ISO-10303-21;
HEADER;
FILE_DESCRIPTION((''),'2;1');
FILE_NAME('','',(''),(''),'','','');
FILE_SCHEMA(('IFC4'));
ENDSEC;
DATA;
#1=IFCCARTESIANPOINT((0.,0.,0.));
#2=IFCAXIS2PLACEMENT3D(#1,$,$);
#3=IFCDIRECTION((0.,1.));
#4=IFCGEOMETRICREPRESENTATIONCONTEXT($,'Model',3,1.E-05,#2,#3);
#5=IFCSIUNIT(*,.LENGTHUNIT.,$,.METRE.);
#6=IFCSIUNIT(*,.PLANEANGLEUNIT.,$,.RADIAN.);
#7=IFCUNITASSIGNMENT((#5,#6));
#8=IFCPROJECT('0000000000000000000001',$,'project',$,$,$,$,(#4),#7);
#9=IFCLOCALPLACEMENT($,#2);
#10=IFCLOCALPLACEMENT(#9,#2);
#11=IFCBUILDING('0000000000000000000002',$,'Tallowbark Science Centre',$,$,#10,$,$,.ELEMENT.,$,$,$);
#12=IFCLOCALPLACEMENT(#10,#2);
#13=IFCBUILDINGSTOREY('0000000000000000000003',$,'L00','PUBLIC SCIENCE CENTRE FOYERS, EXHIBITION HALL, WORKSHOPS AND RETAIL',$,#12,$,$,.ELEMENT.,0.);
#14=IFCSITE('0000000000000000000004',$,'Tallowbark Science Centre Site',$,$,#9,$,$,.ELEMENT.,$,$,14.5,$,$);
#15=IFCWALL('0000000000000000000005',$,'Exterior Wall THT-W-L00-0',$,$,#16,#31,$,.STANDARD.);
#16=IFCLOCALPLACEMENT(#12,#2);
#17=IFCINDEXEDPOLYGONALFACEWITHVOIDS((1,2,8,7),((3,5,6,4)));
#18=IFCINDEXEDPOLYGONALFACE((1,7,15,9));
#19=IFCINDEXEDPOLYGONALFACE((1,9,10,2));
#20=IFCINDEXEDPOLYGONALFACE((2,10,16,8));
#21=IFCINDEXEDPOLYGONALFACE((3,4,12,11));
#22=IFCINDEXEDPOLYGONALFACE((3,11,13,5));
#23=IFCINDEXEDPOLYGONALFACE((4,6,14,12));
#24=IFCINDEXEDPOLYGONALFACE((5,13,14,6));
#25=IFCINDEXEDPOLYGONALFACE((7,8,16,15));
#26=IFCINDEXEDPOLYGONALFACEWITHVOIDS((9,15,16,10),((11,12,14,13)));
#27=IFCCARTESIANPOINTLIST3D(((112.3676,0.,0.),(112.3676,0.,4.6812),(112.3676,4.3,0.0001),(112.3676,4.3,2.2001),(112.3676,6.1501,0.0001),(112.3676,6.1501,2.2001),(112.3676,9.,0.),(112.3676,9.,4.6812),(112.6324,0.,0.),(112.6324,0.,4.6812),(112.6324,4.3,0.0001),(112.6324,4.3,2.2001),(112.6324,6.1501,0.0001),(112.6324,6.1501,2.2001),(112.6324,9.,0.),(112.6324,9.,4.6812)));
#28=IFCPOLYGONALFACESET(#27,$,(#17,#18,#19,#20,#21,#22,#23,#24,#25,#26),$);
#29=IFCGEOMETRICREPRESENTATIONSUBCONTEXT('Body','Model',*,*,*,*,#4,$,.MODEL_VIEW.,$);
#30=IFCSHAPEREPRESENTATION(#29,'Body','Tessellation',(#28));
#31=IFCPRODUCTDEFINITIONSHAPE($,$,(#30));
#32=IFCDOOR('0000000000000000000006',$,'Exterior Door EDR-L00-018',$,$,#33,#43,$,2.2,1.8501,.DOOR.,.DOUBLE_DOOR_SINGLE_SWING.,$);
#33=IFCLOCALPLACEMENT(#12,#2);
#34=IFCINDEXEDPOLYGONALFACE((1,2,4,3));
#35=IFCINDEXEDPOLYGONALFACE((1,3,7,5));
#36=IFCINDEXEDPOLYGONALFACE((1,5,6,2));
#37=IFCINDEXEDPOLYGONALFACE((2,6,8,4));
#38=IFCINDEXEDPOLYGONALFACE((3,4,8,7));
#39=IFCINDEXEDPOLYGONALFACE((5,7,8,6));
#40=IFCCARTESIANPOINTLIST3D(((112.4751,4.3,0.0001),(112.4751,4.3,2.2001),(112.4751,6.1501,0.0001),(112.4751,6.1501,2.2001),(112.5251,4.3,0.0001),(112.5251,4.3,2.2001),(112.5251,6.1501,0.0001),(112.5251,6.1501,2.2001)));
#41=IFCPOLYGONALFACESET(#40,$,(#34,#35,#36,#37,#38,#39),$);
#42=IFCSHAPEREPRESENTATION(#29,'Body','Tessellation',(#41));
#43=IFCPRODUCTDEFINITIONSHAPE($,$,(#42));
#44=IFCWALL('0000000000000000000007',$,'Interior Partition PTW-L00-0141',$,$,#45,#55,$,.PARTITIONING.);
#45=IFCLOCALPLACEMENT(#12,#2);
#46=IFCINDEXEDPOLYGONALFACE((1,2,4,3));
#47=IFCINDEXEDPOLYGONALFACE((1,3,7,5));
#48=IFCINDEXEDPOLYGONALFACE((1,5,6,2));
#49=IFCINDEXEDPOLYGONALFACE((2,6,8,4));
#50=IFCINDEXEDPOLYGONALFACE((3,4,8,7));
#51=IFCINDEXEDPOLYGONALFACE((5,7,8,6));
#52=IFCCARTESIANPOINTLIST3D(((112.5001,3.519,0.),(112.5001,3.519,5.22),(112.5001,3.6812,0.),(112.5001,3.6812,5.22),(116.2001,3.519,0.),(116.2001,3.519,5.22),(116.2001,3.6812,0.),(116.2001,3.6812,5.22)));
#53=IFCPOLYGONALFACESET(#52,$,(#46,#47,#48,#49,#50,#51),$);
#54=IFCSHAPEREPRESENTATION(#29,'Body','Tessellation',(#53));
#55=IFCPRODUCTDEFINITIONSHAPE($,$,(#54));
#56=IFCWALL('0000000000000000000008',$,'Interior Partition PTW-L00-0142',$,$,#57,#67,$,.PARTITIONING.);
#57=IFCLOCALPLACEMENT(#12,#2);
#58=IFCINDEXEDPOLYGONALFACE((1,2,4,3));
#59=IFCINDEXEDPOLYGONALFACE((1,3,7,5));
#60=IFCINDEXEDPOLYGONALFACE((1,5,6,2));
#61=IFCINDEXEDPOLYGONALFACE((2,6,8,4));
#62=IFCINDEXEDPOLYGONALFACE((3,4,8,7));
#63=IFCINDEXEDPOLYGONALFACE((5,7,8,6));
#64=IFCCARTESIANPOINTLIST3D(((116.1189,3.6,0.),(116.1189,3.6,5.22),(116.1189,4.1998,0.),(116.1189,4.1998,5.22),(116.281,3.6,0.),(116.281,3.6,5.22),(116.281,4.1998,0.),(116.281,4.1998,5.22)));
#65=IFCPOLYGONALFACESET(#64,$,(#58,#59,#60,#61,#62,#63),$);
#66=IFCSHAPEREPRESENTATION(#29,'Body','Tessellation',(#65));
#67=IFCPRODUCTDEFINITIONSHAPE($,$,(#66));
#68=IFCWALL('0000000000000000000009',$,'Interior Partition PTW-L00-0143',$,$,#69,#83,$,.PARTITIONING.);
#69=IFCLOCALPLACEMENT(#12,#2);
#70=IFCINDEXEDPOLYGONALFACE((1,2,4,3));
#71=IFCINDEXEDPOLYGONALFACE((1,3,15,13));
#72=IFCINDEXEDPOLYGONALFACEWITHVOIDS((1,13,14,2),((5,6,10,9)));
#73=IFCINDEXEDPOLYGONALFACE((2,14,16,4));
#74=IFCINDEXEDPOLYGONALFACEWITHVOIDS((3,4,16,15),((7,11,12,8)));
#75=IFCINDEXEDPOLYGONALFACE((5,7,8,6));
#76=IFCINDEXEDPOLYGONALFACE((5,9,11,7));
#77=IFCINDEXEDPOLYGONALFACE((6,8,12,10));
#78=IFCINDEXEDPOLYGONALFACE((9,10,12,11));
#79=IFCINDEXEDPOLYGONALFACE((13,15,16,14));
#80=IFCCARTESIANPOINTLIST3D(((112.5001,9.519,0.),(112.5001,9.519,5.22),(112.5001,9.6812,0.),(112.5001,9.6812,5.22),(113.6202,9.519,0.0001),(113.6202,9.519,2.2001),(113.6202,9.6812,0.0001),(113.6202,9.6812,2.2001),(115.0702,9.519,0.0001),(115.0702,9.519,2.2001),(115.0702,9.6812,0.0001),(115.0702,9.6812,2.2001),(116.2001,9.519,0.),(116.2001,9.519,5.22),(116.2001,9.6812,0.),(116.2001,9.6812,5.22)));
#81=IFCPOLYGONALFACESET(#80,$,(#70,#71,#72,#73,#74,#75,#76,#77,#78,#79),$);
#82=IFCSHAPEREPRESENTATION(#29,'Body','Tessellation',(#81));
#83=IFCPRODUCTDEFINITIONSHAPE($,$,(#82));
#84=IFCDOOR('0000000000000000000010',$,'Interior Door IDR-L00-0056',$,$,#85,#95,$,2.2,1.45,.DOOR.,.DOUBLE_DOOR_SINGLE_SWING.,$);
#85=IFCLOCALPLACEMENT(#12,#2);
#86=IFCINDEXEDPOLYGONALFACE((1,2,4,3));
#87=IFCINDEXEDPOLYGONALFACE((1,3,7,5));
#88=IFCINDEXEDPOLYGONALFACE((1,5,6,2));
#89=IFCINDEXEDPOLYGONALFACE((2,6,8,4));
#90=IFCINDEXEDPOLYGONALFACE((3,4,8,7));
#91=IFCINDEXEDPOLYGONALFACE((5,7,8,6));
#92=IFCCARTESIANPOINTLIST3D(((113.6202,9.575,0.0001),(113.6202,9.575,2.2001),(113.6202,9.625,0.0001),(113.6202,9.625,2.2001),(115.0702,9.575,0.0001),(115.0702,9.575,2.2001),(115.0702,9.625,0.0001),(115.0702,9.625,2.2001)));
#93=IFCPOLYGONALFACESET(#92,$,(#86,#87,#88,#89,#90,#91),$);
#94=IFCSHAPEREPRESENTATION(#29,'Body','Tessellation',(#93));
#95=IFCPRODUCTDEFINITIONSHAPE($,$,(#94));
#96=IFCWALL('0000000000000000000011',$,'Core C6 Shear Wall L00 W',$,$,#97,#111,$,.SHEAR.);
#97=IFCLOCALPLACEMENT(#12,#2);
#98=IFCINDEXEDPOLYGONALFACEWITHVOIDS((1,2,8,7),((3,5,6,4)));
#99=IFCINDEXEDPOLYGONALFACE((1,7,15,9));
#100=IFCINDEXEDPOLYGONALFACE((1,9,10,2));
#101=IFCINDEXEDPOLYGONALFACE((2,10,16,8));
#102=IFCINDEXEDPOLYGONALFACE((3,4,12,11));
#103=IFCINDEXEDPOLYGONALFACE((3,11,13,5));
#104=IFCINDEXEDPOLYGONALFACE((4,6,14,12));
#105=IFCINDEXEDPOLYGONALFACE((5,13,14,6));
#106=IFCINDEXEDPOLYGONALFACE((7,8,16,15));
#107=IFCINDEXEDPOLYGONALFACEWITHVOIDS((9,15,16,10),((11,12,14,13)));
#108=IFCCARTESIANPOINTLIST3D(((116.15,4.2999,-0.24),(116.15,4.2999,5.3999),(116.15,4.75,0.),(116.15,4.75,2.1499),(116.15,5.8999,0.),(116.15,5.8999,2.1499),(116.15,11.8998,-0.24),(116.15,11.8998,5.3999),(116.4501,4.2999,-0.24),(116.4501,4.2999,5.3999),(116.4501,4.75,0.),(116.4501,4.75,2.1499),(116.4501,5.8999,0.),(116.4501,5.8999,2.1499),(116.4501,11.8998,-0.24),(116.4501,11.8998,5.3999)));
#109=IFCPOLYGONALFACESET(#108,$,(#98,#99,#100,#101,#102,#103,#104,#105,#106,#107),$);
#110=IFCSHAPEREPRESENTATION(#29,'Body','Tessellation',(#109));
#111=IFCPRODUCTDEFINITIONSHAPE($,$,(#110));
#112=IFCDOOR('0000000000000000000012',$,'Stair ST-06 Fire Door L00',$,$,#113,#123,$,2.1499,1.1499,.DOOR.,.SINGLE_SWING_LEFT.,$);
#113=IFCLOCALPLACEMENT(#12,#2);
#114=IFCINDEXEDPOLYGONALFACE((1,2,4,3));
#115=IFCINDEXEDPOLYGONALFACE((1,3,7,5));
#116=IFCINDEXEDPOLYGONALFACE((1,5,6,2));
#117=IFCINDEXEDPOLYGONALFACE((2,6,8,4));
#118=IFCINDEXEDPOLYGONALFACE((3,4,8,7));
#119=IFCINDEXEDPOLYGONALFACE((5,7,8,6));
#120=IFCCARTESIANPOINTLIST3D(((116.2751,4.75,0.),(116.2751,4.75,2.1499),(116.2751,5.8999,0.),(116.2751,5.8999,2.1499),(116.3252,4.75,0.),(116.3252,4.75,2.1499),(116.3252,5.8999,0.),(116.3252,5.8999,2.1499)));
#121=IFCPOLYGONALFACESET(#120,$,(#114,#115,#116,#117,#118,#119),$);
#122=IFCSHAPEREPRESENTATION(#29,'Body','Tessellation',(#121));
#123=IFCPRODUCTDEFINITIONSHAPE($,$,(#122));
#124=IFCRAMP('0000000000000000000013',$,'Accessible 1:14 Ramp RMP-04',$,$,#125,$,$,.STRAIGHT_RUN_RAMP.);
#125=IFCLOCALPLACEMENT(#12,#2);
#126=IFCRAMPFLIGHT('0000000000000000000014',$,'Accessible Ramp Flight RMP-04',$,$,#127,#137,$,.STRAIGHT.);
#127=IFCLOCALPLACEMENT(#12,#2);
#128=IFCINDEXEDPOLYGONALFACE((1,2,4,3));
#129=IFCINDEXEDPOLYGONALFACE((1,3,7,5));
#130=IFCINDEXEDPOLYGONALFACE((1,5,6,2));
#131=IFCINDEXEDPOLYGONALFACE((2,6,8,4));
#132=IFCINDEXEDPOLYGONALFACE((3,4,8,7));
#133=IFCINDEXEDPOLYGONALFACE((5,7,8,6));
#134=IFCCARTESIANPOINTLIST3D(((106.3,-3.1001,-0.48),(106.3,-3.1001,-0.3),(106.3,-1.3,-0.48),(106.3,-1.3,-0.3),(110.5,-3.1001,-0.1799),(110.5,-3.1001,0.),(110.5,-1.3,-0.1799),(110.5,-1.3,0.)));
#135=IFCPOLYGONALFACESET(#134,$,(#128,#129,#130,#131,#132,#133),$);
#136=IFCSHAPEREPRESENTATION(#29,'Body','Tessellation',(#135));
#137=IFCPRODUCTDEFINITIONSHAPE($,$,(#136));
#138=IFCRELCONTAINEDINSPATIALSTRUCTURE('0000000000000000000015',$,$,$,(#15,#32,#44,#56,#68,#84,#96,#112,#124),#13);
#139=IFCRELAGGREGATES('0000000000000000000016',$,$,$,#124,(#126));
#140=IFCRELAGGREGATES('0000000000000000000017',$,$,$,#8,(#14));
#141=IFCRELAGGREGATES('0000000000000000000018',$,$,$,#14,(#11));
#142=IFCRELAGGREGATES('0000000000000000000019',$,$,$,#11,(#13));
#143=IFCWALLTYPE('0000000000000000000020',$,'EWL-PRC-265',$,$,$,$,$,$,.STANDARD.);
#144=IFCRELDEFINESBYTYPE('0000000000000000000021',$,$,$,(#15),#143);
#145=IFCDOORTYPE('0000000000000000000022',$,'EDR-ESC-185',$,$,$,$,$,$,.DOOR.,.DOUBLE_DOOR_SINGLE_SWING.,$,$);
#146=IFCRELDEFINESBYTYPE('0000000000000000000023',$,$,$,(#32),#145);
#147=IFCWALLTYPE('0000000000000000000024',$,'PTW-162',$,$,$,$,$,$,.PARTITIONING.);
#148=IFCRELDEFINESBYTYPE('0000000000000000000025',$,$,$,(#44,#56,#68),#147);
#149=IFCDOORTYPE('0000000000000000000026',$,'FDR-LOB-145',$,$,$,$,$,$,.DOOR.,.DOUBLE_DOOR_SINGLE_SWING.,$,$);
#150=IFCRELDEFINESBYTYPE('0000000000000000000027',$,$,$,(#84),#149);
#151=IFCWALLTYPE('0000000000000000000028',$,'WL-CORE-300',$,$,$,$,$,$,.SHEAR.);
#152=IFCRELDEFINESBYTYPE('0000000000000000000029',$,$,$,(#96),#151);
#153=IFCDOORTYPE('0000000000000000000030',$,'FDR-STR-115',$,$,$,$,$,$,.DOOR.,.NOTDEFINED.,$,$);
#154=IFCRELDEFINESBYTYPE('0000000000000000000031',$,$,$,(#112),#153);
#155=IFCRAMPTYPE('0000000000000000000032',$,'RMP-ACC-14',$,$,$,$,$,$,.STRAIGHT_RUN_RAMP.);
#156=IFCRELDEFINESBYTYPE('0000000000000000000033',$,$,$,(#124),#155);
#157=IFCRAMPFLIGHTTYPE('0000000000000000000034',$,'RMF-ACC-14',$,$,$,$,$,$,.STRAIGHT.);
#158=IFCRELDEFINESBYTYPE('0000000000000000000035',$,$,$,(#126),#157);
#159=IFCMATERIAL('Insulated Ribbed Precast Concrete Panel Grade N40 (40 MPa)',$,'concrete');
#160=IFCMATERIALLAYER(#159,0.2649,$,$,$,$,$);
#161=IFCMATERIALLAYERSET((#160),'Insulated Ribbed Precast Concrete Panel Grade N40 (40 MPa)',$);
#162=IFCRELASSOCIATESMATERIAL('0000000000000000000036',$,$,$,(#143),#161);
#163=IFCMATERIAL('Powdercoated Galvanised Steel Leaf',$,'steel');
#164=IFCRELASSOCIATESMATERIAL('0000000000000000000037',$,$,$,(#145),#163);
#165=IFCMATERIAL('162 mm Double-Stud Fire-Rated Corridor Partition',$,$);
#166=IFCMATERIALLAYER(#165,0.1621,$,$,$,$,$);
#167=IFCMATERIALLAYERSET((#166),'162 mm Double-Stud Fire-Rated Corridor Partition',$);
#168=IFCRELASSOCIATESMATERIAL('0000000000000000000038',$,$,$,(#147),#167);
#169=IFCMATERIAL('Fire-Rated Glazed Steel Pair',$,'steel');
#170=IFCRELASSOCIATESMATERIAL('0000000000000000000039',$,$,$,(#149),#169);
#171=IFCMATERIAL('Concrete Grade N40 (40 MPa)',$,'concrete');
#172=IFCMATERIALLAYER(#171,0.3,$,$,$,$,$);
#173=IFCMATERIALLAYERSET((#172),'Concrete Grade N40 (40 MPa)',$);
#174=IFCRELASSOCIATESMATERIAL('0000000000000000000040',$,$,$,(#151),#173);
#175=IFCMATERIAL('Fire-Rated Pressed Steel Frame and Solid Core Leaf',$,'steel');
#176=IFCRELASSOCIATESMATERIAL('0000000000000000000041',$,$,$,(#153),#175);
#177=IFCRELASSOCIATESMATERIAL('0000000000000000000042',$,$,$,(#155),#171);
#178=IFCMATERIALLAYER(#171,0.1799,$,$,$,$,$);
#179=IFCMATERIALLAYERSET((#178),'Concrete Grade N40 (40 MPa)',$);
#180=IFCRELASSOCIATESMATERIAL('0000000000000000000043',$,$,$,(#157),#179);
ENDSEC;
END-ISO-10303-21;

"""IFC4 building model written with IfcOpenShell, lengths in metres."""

from ifc_helpers import new_model, si_unit, direction, frame, frame_2d, origin, place, context, subcontext, project, spatial, polyline, rectangle, outline, extrude, material, layer, layer_set, type_object, element, fill, aggregate, save


model = new_model("IFC4")

# Units and contexts
model_context = context("Model", 3, precision=1e-05, world=origin(), true_north=direction((0.0, 1.0)))
body_context = subcontext(model_context, "Body", "Model", "MODEL_VIEW")
ifc_project = project(units=[si_unit("LENGTHUNIT", "METRE"), si_unit("PLANEANGLEUNIT", "RADIAN")], contexts=[model_context])

# Site, building, storey
site_placement = place(None, origin())
site = spatial("IfcSite", under=ifc_project, at=site_placement, Name="Tallowbark Science Centre Site", CompositionType="ELEMENT", RefElevation=14.5)
building_placement = place(site_placement, origin())
building = spatial("IfcBuilding", under=site, at=building_placement, Name="Tallowbark Science Centre", CompositionType="ELEMENT")
storey_placement = place(building_placement, origin())
storey = spatial("IfcBuildingStorey", under=building, at=storey_placement, Name="L00", Description="PUBLIC SCIENCE CENTRE FOYERS, EXHIBITION HALL, WORKSHOPS AND RETAIL", CompositionType="ELEMENT", Elevation=0.0)

# Shared definitions
ifc_material_1 = material(Name="Concrete Grade N40 (40 MPa)", Category="concrete")

# Shared definitions
ifc_material_2 = material(Name="Insulated Ribbed Precast Concrete Panel Grade N40 (40 MPa)", Category="concrete")
ifc_layer_1 = layer(ifc_material_2, 0.2649)
ifc_layer_set_1 = layer_set([ifc_layer_1], Name="Insulated Ribbed Precast Concrete Panel Grade N40 (40 MPa)")
wall_type_1 = type_object("IfcWallType", Name="EWL-PRC-265", PredefinedType="STANDARD", material=ifc_layer_set_1)

# Wall, opening, door
wall_1_placement = place(storey_placement, frame((112.5, 0.0, 0.0), z_axis=(0.0, 0.0, 1.0), x_axis=(0.0, 1.0, 0.0)))
wall_1 = element("IfcWall", 1, at=wall_1_placement, inside=storey, type_object=wall_type_1, Name="Exterior Wall THT-W-L00-0", PredefinedType="STANDARD", context=body_context, shape_type="SweptSolid", body=[
    extrude(rectangle(XDim=9.0, YDim=0.2649, at=frame_2d((4.5, 0.0))), origin(), (0.0, 0.0, 1.0), 4.6812),
])
opening_1_placement = place(wall_1_placement, frame((4.3, 0.0, 0.0)))
opening_1 = element("IfcOpeningElement", 2, at=opening_1_placement, cuts=wall_1, PredefinedType="OPENING", context=body_context, shape_type="SweptSolid", body=[
    extrude(rectangle(XDim=1.8501, YDim=2.2, at=frame_2d((0.925, 1.1001))), frame((0.0, 0.1426, 0.0), z_axis=(0.0, -1.0, 0.0), x_axis=(1.0, 0.0, 0.0)), (0.0, 0.0, 1.0), 0.2849),
])
ifc_material_3 = material(Name="Powdercoated Galvanised Steel Leaf", Category="steel")
door_type_1 = type_object("IfcDoorType", Name="EDR-ESC-185", OperationType="DOUBLE_DOOR_SINGLE_SWING", PredefinedType="DOOR", material=ifc_material_3)
door_1_placement = place(opening_1_placement, origin())
door_1 = element("IfcDoor", 3, at=door_1_placement, inside=storey, type_object=door_type_1, Name="Exterior Door EDR-L00-018", OperationType="DOUBLE_DOOR_SINGLE_SWING", OverallHeight=2.2, OverallWidth=1.8501, PredefinedType="DOOR", context=body_context, shape_type="SweptSolid", body=[
    extrude(rectangle(XDim=1.8501, YDim=2.2, at=frame_2d((0.925, 1.1001))), frame((0.0, 0.0249, 0.0), z_axis=(0.0, -1.0, 0.0), x_axis=(1.0, 0.0, 0.0)), (0.0, 0.0, 1.0), 0.05),
])
fill(opening_1, door_1)

# Walls
ifc_material_4 = material(Name="162 mm Double-Stud Fire-Rated Corridor Partition")
ifc_layer_2 = layer(ifc_material_4, 0.1621)
ifc_layer_set_2 = layer_set([ifc_layer_2], Name="162 mm Double-Stud Fire-Rated Corridor Partition")
wall_type_2 = type_object("IfcWallType", Name="PTW-162", PredefinedType="PARTITIONING", material=ifc_layer_set_2)
wall_2_placement = place(storey_placement, frame((112.5, 3.6001, 0.0), z_axis=(0.0, 0.0, 1.0), x_axis=(1.0, 0.0, 0.0)))
element("IfcWall", 4, at=wall_2_placement, inside=storey, type_object=wall_type_2, Name="Interior Partition PTW-L00-0141", PredefinedType="PARTITIONING", context=body_context, shape_type="SweptSolid", body=[
    extrude(rectangle(XDim=3.7, YDim=0.1621, at=frame_2d((1.8501, 0.0))), origin(), (0.0, 0.0, 1.0), 5.22),
])
wall_3_placement = place(storey_placement, frame((116.2, 3.6001, 0.0), z_axis=(0.0, 0.0, 1.0), x_axis=(0.0, 1.0, 0.0)))
element("IfcWall", 5, at=wall_3_placement, inside=storey, type_object=wall_type_2, Name="Interior Partition PTW-L00-0142", PredefinedType="PARTITIONING", context=body_context, shape_type="SweptSolid", body=[
    extrude(rectangle(XDim=0.5999, YDim=0.1621, at=frame_2d((0.2998, 0.0))), origin(), (0.0, 0.0, 1.0), 5.22),
])

# Walls, openings, doors
wall_4_placement = place(storey_placement, frame((112.5, 9.6001, 0.0), z_axis=(0.0, 0.0, 1.0), x_axis=(1.0, 0.0, 0.0)))
wall_4 = element("IfcWall", 6, at=wall_4_placement, inside=storey, type_object=wall_type_2, Name="Interior Partition PTW-L00-0143", PredefinedType="PARTITIONING", context=body_context, shape_type="SweptSolid", body=[
    extrude(rectangle(XDim=3.7, YDim=0.1621, at=frame_2d((1.8501, 0.0))), origin(), (0.0, 0.0, 1.0), 5.22),
])
opening_2_placement = place(wall_4_placement, frame((1.1201, 0.0, 0.0)))
opening_2 = element("IfcOpeningElement", 7, at=opening_2_placement, cuts=wall_4, PredefinedType="OPENING", context=body_context, shape_type="SweptSolid", body=[
    extrude(rectangle(XDim=1.45, YDim=2.2, at=frame_2d((0.7251, 1.1001))), frame((0.0, 0.0911, 0.0), z_axis=(0.0, -1.0, 0.0), x_axis=(1.0, 0.0, 0.0)), (0.0, 0.0, 1.0), 0.1821),
])
ifc_material_5 = material(Name="Fire-Rated Glazed Steel Pair", Category="steel")
door_type_2 = type_object("IfcDoorType", Name="FDR-LOB-145", OperationType="DOUBLE_DOOR_SINGLE_SWING", PredefinedType="DOOR", material=ifc_material_5)
door_2_placement = place(opening_2_placement, origin())
door_2 = element("IfcDoor", 8, at=door_2_placement, inside=storey, type_object=door_type_2, Name="Interior Door IDR-L00-0056", OperationType="DOUBLE_DOOR_SINGLE_SWING", OverallHeight=2.2, OverallWidth=1.45, PredefinedType="DOOR", context=body_context, shape_type="SweptSolid", body=[
    extrude(rectangle(XDim=1.45, YDim=2.2, at=frame_2d((0.7251, 1.1001))), frame((0.0, 0.0249, 0.0), z_axis=(0.0, -1.0, 0.0), x_axis=(1.0, 0.0, 0.0)), (0.0, 0.0, 1.0), 0.05),
])
fill(opening_2, door_2)
ifc_layer_3 = layer(ifc_material_1, 0.3)
ifc_layer_set_3 = layer_set([ifc_layer_3], Name="Concrete Grade N40 (40 MPa)")
wall_type_3 = type_object("IfcWallType", Name="WL-CORE-300", PredefinedType="SHEAR", material=ifc_layer_set_3)
wall_5_placement = place(storey_placement, frame((116.3, 4.3, -0.24), z_axis=(0.0, 0.0, 1.0), x_axis=(0.0, 1.0, 0.0)))
wall_5 = element("IfcWall", 9, at=wall_5_placement, inside=storey, type_object=wall_type_3, Name="Core C6 Shear Wall L00 W", PredefinedType="SHEAR", context=body_context, shape_type="SweptSolid", body=[
    extrude(rectangle(XDim=7.5999, YDim=0.3, at=frame_2d((3.7998, 0.0))), origin(), (0.0, 0.0, 1.0), 5.6399),
])
opening_3_placement = place(wall_5_placement, frame((0.45, 0.0, 0.24)))
opening_3 = element("IfcOpeningElement", 10, at=opening_3_placement, cuts=wall_5, PredefinedType="OPENING", context=body_context, shape_type="SweptSolid", body=[
    extrude(rectangle(XDim=1.1499, YDim=2.1499, at=frame_2d((0.575, 1.075))), frame((0.0, 0.1602, 0.0), z_axis=(0.0, -1.0, 0.0), x_axis=(1.0, 0.0, 0.0)), (0.0, 0.0, 1.0), 0.3201),
])
ifc_material_6 = material(Name="Fire-Rated Pressed Steel Frame and Solid Core Leaf", Category="steel")
door_type_3 = type_object("IfcDoorType", Name="FDR-STR-115", OperationType="NOTDEFINED", PredefinedType="DOOR", material=ifc_material_6)
door_3_placement = place(opening_3_placement, origin())
door_3 = element("IfcDoor", 11, at=door_3_placement, inside=storey, type_object=door_type_3, Name="Stair ST-06 Fire Door L00", OperationType="SINGLE_SWING_LEFT", OverallHeight=2.1499, OverallWidth=1.1499, PredefinedType="DOOR", context=body_context, shape_type="SweptSolid", body=[
    extrude(rectangle(XDim=1.1499, YDim=2.1499, at=frame_2d((0.575, 1.075))), frame((0.0, 0.0249, 0.0), z_axis=(0.0, -1.0, 0.0), x_axis=(1.0, 0.0, 0.0)), (0.0, 0.0, 1.0), 0.05),
])
fill(opening_3, door_3)

# Ramp, ramp flight
ramp_type = type_object("IfcRampType", Name="RMP-ACC-14", PredefinedType="STRAIGHT_RUN_RAMP", material=ifc_material_1)
ramp_placement = place(storey_placement, origin())
ramp = element("IfcRamp", 12, at=ramp_placement, inside=storey, type_object=ramp_type, Name="Accessible 1:14 Ramp RMP-04", PredefinedType="STRAIGHT_RUN_RAMP")
ifc_layer_4 = layer(ifc_material_1, 0.1799)
ifc_layer_set_4 = layer_set([ifc_layer_4], Name="Concrete Grade N40 (40 MPa)")
ramp_flight_type = type_object("IfcRampFlightType", Name="RMF-ACC-14", PredefinedType="STRAIGHT", material=ifc_layer_set_4)
ramp_flight_placement = place(storey_placement, frame((106.3, -2.2, -0.3), z_axis=(0.0, 0.0, 1.0), x_axis=(1.0, 0.0, 0.0)))
ramp_flight = element("IfcRampFlight", 13, at=ramp_flight_placement, type_object=ramp_flight_type, Name="Accessible Ramp Flight RMP-04", PredefinedType="STRAIGHT", context=body_context, shape_type="SweptSolid", body=[
    extrude(outline(polyline([(0.0, 0.0), (0.0, -0.1799), (4.2, 0.1201), (4.2, 0.3), (0.0, 0.0)])), frame((0.0, 0.8999, 0.0), z_axis=(0.0, -1.0, 0.0), x_axis=(1.0, 0.0, 0.0)), (0.0, 0.0, 1.0), 1.8),
])
aggregate(ramp, [ramp_flight])

save(model, "model.ifc")
